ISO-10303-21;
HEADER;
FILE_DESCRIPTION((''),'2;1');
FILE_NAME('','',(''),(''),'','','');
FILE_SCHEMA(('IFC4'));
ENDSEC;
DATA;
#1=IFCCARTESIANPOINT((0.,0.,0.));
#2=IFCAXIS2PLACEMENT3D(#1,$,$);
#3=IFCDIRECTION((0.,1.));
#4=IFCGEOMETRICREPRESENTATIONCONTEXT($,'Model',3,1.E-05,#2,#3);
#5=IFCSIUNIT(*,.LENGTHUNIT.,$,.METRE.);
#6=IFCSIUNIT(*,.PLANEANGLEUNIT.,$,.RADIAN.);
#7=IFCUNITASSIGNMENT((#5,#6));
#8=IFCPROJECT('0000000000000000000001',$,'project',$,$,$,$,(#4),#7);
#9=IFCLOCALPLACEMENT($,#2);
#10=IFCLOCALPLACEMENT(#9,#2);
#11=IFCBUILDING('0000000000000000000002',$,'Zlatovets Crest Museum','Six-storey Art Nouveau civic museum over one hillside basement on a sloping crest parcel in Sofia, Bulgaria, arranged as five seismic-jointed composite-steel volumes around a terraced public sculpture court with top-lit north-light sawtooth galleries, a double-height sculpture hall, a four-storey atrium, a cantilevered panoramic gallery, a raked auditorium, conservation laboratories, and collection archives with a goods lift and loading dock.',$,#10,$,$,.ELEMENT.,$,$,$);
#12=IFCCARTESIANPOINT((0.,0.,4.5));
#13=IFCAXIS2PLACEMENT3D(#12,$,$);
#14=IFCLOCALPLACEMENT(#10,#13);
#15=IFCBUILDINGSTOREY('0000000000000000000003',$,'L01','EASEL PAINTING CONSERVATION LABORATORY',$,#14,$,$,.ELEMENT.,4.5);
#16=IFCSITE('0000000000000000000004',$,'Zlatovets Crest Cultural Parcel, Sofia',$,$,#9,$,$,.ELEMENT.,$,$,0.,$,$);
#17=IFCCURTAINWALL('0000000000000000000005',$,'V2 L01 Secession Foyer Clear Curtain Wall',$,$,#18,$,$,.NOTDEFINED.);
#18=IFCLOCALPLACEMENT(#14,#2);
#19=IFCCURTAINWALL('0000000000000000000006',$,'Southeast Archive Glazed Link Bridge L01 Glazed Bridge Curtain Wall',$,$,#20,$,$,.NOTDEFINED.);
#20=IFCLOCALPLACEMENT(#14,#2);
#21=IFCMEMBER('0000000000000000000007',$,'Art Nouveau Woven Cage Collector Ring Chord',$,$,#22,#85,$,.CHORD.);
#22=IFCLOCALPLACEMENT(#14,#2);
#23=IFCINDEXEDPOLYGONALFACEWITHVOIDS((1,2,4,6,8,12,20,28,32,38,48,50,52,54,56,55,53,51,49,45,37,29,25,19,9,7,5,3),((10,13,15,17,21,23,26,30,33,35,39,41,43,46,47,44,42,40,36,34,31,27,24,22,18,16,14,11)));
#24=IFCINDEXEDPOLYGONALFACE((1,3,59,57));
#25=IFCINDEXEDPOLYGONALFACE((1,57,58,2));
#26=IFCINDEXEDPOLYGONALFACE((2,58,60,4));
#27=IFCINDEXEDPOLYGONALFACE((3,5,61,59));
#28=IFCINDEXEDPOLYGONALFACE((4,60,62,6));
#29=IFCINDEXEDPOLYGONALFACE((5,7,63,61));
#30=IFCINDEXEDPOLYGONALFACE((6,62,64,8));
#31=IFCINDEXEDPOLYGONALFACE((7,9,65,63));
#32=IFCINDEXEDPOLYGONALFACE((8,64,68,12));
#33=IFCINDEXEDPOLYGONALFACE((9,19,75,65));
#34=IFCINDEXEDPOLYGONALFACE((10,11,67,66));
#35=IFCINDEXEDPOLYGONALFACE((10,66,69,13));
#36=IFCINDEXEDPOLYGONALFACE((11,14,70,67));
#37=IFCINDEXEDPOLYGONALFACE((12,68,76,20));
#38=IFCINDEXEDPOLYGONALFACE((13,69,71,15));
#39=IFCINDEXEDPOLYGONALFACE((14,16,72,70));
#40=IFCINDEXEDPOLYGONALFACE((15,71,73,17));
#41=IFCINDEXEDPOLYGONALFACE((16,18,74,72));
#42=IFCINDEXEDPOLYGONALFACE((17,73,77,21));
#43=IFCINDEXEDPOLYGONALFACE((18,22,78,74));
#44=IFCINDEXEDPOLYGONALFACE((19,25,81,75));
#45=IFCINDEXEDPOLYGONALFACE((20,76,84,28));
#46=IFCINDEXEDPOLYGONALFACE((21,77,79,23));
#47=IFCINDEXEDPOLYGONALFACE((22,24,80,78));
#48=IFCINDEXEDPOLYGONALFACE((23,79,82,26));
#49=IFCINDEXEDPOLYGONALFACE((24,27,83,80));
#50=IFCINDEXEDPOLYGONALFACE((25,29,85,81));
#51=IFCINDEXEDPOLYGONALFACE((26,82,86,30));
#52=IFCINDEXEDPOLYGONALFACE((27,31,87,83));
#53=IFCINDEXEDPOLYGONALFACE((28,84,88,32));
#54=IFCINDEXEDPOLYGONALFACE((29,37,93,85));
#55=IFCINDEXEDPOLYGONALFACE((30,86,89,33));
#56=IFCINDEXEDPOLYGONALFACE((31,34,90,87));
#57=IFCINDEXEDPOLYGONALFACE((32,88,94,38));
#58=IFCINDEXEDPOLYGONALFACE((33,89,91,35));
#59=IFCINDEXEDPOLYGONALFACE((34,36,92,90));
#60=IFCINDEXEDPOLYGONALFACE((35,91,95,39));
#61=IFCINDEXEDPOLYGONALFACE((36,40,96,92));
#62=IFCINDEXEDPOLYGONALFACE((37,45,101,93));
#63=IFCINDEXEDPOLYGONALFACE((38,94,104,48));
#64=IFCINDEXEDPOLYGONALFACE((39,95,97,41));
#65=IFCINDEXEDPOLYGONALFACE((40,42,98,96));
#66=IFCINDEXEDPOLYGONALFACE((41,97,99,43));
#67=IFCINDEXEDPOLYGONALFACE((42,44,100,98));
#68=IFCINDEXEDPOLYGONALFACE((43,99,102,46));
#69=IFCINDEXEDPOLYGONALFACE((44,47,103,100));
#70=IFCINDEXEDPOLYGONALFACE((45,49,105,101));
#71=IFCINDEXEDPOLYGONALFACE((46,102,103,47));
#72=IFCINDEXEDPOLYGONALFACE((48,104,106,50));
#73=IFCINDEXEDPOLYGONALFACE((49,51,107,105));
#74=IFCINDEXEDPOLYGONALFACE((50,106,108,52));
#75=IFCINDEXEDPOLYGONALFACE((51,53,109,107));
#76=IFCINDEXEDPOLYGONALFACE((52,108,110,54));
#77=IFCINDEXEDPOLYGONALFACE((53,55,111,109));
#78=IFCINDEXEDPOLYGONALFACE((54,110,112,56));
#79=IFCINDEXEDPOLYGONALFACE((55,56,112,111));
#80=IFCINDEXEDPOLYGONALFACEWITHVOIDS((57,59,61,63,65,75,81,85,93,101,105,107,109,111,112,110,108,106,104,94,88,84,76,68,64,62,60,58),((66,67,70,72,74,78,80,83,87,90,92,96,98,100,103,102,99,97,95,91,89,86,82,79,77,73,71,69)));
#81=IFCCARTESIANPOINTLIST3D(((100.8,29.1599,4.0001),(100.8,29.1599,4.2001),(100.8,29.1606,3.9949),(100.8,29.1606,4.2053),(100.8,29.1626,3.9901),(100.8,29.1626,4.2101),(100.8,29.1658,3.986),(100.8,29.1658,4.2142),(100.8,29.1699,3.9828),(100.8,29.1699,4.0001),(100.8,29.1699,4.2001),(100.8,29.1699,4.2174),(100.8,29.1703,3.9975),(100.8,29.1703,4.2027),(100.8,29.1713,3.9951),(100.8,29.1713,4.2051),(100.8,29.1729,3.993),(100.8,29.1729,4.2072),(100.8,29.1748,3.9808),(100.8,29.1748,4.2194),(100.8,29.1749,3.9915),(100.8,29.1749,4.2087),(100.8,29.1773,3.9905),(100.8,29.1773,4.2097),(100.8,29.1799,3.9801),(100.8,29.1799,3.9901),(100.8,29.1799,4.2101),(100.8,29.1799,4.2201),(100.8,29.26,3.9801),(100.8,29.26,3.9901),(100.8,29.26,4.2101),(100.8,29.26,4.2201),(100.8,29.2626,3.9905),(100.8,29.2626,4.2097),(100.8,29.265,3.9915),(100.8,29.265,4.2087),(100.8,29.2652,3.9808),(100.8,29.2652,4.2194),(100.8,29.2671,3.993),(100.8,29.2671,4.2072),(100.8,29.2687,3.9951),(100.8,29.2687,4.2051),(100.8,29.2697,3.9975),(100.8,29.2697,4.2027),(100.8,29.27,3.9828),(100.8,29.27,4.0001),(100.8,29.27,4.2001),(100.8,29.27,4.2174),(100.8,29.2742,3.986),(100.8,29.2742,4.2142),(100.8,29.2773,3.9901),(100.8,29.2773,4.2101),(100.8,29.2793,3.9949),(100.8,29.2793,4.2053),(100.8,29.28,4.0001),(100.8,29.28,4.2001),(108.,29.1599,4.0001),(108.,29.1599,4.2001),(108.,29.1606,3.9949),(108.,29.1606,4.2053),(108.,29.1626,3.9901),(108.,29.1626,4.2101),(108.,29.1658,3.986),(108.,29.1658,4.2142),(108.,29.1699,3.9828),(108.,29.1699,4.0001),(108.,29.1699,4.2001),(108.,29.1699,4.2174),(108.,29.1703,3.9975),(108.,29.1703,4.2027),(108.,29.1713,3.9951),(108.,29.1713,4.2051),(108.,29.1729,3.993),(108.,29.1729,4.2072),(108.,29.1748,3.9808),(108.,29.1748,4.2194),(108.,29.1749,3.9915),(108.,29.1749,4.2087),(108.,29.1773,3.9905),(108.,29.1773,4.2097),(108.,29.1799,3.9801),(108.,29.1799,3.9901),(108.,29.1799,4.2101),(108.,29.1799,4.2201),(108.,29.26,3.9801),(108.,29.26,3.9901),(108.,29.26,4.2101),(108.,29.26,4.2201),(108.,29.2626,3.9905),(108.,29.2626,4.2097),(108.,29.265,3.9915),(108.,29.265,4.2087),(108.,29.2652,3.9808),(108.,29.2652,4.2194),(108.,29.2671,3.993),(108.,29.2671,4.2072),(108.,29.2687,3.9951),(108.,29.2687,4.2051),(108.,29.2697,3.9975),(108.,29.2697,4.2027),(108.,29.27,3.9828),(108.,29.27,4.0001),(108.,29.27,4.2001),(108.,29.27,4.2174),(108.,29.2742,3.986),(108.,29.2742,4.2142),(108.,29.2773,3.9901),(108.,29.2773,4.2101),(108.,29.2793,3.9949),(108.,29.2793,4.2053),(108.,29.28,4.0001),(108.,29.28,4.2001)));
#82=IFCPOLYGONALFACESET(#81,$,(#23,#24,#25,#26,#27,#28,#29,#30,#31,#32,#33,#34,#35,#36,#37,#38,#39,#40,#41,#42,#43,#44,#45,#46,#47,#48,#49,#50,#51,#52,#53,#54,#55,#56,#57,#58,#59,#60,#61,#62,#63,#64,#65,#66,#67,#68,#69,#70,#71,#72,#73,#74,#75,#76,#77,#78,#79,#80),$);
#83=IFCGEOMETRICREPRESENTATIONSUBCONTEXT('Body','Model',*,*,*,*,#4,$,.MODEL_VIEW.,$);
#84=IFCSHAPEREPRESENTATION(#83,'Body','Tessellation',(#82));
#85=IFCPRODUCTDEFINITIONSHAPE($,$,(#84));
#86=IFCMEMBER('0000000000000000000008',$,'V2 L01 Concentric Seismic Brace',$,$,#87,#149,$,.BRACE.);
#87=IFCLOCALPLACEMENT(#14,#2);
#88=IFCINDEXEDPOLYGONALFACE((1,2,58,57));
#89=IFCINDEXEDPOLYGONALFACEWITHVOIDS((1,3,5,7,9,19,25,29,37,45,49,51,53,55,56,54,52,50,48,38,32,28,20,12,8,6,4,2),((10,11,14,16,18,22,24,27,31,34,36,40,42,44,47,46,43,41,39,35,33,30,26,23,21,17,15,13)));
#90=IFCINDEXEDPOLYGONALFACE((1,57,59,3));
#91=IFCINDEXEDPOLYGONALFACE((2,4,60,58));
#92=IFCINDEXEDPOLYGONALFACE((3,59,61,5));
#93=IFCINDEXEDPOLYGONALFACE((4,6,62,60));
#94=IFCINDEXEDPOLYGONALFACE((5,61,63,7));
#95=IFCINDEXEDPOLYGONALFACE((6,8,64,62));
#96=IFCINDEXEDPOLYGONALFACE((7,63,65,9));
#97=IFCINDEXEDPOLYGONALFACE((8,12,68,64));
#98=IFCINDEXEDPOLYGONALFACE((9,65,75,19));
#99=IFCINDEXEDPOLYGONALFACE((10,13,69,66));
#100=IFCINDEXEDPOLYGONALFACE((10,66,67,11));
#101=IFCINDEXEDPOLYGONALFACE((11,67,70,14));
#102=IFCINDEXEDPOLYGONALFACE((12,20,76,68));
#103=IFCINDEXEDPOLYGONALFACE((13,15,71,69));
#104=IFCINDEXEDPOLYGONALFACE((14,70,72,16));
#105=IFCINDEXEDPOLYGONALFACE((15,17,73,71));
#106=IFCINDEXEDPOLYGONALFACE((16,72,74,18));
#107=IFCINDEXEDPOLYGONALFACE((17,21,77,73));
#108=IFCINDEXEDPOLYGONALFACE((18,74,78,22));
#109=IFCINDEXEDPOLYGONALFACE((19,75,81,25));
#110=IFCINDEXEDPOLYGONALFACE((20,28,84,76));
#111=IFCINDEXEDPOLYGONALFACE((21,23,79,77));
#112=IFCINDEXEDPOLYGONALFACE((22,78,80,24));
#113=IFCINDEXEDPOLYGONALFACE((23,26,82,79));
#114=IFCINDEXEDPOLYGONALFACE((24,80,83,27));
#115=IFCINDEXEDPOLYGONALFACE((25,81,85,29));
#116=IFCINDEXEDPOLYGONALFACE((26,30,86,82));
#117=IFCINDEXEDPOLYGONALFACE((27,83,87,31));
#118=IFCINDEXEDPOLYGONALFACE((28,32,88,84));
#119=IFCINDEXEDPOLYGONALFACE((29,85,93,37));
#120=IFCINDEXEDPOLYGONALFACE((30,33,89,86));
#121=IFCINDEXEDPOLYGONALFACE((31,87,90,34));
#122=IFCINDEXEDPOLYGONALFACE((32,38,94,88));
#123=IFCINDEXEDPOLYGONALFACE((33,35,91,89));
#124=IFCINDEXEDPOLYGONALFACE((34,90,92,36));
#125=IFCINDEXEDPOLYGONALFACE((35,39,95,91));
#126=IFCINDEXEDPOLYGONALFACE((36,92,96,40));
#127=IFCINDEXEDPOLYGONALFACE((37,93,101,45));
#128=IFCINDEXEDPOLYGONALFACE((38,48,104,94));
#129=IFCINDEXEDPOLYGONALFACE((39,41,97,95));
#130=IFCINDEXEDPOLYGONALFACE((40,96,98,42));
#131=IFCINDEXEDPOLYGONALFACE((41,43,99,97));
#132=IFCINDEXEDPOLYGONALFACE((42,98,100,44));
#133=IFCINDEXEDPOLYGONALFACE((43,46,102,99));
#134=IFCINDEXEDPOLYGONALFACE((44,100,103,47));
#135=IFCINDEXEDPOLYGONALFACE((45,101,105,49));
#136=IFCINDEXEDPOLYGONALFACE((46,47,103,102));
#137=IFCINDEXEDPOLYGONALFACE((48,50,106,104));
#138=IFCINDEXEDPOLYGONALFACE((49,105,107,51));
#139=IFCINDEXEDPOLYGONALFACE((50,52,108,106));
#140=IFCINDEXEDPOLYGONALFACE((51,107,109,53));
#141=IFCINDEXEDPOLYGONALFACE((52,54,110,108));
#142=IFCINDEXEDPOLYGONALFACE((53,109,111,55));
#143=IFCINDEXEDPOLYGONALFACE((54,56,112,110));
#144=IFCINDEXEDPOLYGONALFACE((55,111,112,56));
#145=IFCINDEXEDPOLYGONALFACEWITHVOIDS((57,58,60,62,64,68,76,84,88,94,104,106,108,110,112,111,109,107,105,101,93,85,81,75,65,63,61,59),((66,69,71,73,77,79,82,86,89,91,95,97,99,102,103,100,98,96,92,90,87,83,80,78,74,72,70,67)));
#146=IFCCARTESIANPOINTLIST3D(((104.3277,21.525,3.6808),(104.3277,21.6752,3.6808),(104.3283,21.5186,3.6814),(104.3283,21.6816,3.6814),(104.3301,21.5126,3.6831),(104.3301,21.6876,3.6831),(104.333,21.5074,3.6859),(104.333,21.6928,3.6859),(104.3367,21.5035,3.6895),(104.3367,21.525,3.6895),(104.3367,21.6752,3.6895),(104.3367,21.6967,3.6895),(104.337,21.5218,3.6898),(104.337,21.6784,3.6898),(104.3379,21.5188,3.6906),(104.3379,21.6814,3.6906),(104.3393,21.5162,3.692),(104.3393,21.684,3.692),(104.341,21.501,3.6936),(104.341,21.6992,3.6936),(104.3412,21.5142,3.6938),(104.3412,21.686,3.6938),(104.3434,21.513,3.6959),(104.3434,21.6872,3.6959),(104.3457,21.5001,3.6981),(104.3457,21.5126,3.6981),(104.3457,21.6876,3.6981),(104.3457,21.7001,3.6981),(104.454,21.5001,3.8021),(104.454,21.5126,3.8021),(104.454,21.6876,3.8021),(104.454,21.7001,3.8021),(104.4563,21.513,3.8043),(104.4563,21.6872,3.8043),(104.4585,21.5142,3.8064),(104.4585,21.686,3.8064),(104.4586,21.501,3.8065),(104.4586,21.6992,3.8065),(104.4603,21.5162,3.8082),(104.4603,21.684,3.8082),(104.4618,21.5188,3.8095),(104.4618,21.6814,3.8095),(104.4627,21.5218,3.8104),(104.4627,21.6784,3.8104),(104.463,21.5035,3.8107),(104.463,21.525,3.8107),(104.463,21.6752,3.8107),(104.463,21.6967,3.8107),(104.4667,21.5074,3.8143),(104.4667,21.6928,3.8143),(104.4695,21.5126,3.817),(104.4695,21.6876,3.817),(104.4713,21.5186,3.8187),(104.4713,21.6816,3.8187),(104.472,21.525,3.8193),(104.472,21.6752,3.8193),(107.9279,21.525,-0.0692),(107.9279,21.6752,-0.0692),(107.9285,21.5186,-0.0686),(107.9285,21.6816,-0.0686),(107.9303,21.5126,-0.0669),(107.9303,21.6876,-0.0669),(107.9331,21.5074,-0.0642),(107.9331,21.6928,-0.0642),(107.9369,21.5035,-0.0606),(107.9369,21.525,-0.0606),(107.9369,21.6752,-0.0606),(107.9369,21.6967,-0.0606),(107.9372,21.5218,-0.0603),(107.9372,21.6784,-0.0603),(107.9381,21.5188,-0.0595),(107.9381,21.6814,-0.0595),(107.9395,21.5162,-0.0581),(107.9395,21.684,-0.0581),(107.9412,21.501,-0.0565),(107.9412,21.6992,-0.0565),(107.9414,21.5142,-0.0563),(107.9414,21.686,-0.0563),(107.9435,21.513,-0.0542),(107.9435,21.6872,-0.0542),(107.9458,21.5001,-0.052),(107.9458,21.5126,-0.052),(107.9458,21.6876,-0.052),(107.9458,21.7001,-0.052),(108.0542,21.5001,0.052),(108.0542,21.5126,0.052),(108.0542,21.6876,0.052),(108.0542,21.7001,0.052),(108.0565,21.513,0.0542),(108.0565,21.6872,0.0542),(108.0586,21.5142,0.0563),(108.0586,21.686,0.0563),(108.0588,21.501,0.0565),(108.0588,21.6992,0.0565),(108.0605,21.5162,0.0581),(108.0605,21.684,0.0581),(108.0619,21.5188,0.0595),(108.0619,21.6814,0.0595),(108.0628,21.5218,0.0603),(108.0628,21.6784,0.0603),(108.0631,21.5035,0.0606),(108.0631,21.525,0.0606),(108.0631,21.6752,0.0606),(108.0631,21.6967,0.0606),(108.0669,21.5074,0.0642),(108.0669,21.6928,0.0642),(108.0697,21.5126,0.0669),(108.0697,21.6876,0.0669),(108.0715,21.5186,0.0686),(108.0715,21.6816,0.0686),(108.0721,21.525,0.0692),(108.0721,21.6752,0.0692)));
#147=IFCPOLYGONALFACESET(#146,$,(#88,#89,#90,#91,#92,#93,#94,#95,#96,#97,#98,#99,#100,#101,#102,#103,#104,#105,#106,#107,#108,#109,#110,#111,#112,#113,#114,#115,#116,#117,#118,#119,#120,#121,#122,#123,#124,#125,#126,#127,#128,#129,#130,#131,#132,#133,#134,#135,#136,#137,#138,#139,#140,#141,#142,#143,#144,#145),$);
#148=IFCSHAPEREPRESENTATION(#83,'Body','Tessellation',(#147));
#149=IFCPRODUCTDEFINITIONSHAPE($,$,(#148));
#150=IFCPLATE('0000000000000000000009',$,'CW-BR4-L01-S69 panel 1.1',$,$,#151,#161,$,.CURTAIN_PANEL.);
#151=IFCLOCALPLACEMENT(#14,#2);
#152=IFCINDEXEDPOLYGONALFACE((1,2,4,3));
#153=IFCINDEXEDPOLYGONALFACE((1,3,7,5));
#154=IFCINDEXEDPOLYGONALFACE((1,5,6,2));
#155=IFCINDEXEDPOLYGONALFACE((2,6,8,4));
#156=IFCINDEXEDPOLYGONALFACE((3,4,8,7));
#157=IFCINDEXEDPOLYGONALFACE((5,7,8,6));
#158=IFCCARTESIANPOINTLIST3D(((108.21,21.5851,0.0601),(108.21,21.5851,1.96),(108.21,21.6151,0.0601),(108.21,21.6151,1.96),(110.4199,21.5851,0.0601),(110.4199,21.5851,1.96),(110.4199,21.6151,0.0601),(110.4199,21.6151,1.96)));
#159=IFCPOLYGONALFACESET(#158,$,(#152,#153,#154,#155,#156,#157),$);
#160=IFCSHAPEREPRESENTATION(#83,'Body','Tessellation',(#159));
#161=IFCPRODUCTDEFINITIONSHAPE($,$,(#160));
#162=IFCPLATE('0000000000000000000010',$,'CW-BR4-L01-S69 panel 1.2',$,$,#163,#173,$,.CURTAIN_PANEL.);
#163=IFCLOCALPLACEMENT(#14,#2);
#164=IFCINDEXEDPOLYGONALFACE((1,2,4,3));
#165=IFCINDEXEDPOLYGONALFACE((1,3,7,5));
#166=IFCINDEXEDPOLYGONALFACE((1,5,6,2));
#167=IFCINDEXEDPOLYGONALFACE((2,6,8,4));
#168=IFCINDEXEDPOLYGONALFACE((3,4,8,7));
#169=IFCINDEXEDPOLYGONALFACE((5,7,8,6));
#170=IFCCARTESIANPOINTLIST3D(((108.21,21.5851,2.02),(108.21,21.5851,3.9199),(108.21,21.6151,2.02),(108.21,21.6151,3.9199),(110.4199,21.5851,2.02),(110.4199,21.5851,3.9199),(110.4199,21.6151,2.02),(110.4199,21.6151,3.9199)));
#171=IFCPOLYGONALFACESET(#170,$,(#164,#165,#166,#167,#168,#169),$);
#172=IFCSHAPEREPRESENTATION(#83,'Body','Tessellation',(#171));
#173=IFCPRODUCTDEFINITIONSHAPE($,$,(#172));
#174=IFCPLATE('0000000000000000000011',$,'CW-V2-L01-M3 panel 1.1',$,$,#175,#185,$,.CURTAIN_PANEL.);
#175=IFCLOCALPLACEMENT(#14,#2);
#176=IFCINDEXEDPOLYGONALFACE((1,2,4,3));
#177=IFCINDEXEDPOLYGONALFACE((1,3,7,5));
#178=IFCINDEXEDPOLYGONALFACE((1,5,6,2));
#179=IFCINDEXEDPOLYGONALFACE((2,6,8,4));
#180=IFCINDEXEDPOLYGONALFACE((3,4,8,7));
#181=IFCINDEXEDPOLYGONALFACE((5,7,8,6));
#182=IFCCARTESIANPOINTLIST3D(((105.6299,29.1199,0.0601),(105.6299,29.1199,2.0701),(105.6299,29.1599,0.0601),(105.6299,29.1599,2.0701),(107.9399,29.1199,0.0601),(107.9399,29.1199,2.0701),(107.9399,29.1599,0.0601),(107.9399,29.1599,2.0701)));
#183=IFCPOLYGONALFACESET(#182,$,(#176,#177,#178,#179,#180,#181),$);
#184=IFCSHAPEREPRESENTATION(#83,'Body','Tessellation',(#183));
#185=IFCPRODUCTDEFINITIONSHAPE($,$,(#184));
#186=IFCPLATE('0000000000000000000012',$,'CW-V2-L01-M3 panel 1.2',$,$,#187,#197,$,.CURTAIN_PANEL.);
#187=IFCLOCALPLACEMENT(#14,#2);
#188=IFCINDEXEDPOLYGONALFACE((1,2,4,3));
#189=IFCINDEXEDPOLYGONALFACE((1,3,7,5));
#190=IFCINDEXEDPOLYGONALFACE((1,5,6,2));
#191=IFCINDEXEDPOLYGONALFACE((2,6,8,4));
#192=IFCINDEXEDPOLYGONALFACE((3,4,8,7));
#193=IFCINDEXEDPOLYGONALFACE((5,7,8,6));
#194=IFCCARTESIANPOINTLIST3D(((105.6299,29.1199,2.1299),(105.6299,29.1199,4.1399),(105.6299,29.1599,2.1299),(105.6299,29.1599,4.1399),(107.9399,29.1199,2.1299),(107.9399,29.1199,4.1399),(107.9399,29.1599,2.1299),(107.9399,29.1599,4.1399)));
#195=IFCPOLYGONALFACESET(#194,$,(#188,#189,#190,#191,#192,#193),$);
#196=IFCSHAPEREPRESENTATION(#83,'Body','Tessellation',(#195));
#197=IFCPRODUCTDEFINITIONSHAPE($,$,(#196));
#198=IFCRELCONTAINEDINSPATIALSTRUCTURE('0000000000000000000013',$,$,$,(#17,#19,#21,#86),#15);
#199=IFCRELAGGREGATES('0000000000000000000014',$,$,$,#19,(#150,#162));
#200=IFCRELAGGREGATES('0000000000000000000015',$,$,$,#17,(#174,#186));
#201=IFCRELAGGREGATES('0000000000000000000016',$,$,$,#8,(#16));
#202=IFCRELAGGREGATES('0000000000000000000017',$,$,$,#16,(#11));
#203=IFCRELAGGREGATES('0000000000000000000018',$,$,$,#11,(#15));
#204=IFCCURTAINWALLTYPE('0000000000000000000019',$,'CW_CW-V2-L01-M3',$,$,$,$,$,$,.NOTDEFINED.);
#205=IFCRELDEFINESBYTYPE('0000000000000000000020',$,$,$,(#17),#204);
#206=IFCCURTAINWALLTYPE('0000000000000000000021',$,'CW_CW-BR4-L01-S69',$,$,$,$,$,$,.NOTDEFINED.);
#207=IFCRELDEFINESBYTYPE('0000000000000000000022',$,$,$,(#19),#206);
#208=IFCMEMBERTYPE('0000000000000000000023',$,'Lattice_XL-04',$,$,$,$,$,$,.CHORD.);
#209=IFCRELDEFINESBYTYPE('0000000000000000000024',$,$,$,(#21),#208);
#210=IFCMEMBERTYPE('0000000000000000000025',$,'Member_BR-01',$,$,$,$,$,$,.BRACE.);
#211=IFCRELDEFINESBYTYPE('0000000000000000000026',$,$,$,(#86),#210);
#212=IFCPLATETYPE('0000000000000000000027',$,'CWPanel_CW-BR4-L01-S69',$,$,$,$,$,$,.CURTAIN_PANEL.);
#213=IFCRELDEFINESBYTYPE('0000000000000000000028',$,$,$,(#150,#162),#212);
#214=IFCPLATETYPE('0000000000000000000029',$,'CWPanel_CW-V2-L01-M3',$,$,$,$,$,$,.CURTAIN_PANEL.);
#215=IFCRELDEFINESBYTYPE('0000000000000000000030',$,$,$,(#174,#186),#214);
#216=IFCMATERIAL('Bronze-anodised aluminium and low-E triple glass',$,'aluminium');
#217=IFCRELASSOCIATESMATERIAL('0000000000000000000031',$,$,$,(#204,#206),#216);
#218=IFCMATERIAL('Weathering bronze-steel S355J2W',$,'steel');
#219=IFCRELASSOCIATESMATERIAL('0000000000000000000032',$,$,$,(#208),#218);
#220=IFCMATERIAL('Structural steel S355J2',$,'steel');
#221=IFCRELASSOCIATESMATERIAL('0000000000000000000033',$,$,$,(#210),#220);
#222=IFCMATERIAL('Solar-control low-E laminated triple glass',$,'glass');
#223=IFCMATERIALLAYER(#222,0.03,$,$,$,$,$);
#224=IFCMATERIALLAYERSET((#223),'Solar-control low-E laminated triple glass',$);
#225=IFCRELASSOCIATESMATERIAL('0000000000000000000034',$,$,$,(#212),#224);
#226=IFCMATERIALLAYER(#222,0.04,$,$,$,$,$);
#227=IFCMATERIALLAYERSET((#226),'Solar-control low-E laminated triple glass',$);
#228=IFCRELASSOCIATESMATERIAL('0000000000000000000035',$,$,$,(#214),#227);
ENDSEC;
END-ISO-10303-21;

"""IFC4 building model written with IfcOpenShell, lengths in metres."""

from ifc_helpers import new_model, si_unit, direction, frame, origin, origin_2d, place, context, subcontext, project, spatial, rectangle, hollow_rectangle, extrude, material, layer, layer_set, material_profile, profile_set, type_object, element, aggregate, save


model = new_model("IFC4")

# Units and contexts
model_context = context("Model", 3, precision=1e-05, world=origin(), true_north=direction((0.0, 1.0)))
body_context = subcontext(model_context, "Body", "Model", "MODEL_VIEW")
ifc_project = project(units=[si_unit("LENGTHUNIT", "METRE"), si_unit("PLANEANGLEUNIT", "RADIAN")], contexts=[model_context])

# Site, building, storey
site_placement = place(None, origin())
site = spatial("IfcSite", under=ifc_project, at=site_placement, Name="Zlatovets Crest Cultural Parcel, Sofia", CompositionType="ELEMENT", RefElevation=0.0)
building_placement = place(site_placement, origin())
building = spatial("IfcBuilding", under=site, at=building_placement, Name="Zlatovets Crest Museum", Description="Six-storey Art Nouveau civic museum over one hillside basement on a sloping crest parcel in Sofia, Bulgaria, arranged as five seismic-jointed composite-steel volumes around a terraced public sculpture court with top-lit north-light sawtooth galleries, a double-height sculpture hall, a four-storey atrium, a cantilevered panoramic gallery, a raked auditorium, conservation laboratories, and collection archives with a goods lift and loading dock.", CompositionType="ELEMENT")
storey_placement = place(building_placement, frame((0.0, 0.0, 4.5)))
storey = spatial("IfcBuildingStorey", under=building, at=storey_placement, Name="L01", Description="EASEL PAINTING CONSERVATION LABORATORY", CompositionType="ELEMENT", Elevation=4.5)

# Shared definitions
ifc_material_1 = material(Name="Structural steel S355J2", Category="steel")

# Curtain wall
ifc_material_2 = material(Name="Bronze-anodised aluminium and low-E triple glass", Category="aluminium")
curtain_wall_type_1 = type_object("IfcCurtainWallType", Name="CW_CW-V2-L01-M3", PredefinedType="NOTDEFINED", material=ifc_material_2)
curtain_wall_1_placement = place(storey_placement, origin())
curtain_wall_1 = element("IfcCurtainWall", 1, at=curtain_wall_1_placement, inside=storey, type_object=curtain_wall_type_1, Name="V2 L01 Secession Foyer Clear Curtain Wall", PredefinedType="NOTDEFINED")

# Curtain wall
curtain_wall_type_2 = type_object("IfcCurtainWallType", Name="CW_CW-BR4-L01-S69", PredefinedType="NOTDEFINED", material=ifc_material_2)
curtain_wall_2_placement = place(storey_placement, origin())
curtain_wall_2 = element("IfcCurtainWall", 2, at=curtain_wall_2_placement, inside=storey, type_object=curtain_wall_type_2, Name="Southeast Archive Glazed Link Bridge L01 Glazed Bridge Curtain Wall", PredefinedType="NOTDEFINED")

# Members
ifc_material_3 = material(Name="Weathering bronze-steel S355J2W", Category="steel")
ifc_material_profile_1 = material_profile(ifc_material_3, hollow_rectangle(XDim=0.1201, YDim=0.24, WallThickness=0.01, InnerFilletRadius=0.01, OuterFilletRadius=0.02, at=origin_2d()), Name="RHS 120x240x10.0")
ifc_profile_set_1 = profile_set([ifc_material_profile_1], Name="Weathering bronze-steel S355J2W")
member_type_1 = type_object("IfcMemberType", Name="Lattice_XL-04", PredefinedType="CHORD", material=ifc_profile_set_1)
member_1_placement = place(storey_placement, frame((108.0, 29.22, 4.1001), z_axis=(-1.0, 0.0, 0.0), x_axis=(0.0, -1.0, 0.0)))
element("IfcMember", 3, at=member_1_placement, inside=storey, type_object=member_type_1, Name="Art Nouveau Woven Cage Collector Ring Chord", PredefinedType="CHORD", context=body_context, shape_type="SweptSolid", body=[
    extrude(hollow_rectangle(XDim=0.1201, YDim=0.24, WallThickness=0.01, InnerFilletRadius=0.01, OuterFilletRadius=0.02, at=origin_2d()), origin(), (0.0, 0.0, 1.0), 7.2),
])
ifc_material_profile_2 = material_profile(ifc_material_1, hollow_rectangle(XDim=0.2, YDim=0.2, WallThickness=0.0125, InnerFilletRadius=0.0125, OuterFilletRadius=0.0249, at=origin_2d()), Name="SHS 200x200x12.5")
ifc_profile_set_2 = profile_set([ifc_material_profile_2], Name="Structural steel S355J2")
member_type_2 = type_object("IfcMemberType", Name="Member_BR-01", PredefinedType="BRACE", material=ifc_profile_set_2)
member_2_placement = place(storey_placement, frame((108.0, 21.6001, 0.0), z_axis=(-0.692542, 0.0, 0.721378), x_axis=(0.0, -1.0, 0.0)))
element("IfcMember", 4, at=member_2_placement, inside=storey, type_object=member_type_2, Name="V2 L01 Concentric Seismic Brace", PredefinedType="BRACE", context=body_context, shape_type="SweptSolid", body=[
    extrude(hollow_rectangle(XDim=0.2, YDim=0.2, WallThickness=0.0125, InnerFilletRadius=0.0125, OuterFilletRadius=0.0249, at=origin_2d()), origin(), (0.0, 0.0, 1.0), 5.1985),
])

# Plates
ifc_material_4 = material(Name="Solar-control low-E laminated triple glass", Category="glass")
ifc_layer_1 = layer(ifc_material_4, 0.03)
ifc_layer_set_1 = layer_set([ifc_layer_1], Name="Solar-control low-E laminated triple glass")
plate_type_1 = type_object("IfcPlateType", Name="CWPanel_CW-BR4-L01-S69", PredefinedType="CURTAIN_PANEL", material=ifc_layer_set_1)
plate_1_placement = place(storey_placement, frame((109.3149, 21.6001, 0.0601), z_axis=(0.0, 0.0, 1.0), x_axis=(1.0, 0.0, 0.0)))
plate_1 = element("IfcPlate", 5, at=plate_1_placement, type_object=plate_type_1, Name="CW-BR4-L01-S69 panel 1.1", PredefinedType="CURTAIN_PANEL", context=body_context, shape_type="SweptSolid", body=[
    extrude(rectangle(XDim=2.21, YDim=0.03, at=origin_2d()), origin(), (0.0, 0.0, 1.0), 1.8999),
])
plate_2_placement = place(storey_placement, frame((109.3149, 21.6001, 2.02), z_axis=(0.0, 0.0, 1.0), x_axis=(1.0, 0.0, 0.0)))
plate_2 = element("IfcPlate", 6, at=plate_2_placement, type_object=plate_type_1, Name="CW-BR4-L01-S69 panel 1.2", PredefinedType="CURTAIN_PANEL", context=body_context, shape_type="SweptSolid", body=[
    extrude(rectangle(XDim=2.21, YDim=0.03, at=origin_2d()), origin(), (0.0, 0.0, 1.0), 1.8999),
])
aggregate(curtain_wall_2, [plate_1, plate_2])
ifc_layer_2 = layer(ifc_material_4, 0.04)
ifc_layer_set_2 = layer_set([ifc_layer_2], Name="Solar-control low-E laminated triple glass")
plate_type_2 = type_object("IfcPlateType", Name="CWPanel_CW-V2-L01-M3", PredefinedType="CURTAIN_PANEL", material=ifc_layer_set_2)
plate_3_placement = place(storey_placement, frame((106.7849, 29.1399, 0.0601), z_axis=(0.0, 0.0, 1.0), x_axis=(-1.0, 0.0, 0.0)))
plate_3 = element("IfcPlate", 7, at=plate_3_placement, type_object=plate_type_2, Name="CW-V2-L01-M3 panel 1.1", PredefinedType="CURTAIN_PANEL", context=body_context, shape_type="SweptSolid", body=[
    extrude(rectangle(XDim=2.3101, YDim=0.04, at=origin_2d()), origin(), (0.0, 0.0, 1.0), 2.01),
])
plate_4_placement = place(storey_placement, frame((106.7849, 29.1399, 2.1299), z_axis=(0.0, 0.0, 1.0), x_axis=(-1.0, 0.0, 0.0)))
plate_4 = element("IfcPlate", 8, at=plate_4_placement, type_object=plate_type_2, Name="CW-V2-L01-M3 panel 1.2", PredefinedType="CURTAIN_PANEL", context=body_context, shape_type="SweptSolid", body=[
    extrude(rectangle(XDim=2.3101, YDim=0.04, at=origin_2d()), origin(), (0.0, 0.0, 1.0), 2.01),
])
aggregate(curtain_wall_1, [plate_3, plate_4])

save(model, "model.ifc")
